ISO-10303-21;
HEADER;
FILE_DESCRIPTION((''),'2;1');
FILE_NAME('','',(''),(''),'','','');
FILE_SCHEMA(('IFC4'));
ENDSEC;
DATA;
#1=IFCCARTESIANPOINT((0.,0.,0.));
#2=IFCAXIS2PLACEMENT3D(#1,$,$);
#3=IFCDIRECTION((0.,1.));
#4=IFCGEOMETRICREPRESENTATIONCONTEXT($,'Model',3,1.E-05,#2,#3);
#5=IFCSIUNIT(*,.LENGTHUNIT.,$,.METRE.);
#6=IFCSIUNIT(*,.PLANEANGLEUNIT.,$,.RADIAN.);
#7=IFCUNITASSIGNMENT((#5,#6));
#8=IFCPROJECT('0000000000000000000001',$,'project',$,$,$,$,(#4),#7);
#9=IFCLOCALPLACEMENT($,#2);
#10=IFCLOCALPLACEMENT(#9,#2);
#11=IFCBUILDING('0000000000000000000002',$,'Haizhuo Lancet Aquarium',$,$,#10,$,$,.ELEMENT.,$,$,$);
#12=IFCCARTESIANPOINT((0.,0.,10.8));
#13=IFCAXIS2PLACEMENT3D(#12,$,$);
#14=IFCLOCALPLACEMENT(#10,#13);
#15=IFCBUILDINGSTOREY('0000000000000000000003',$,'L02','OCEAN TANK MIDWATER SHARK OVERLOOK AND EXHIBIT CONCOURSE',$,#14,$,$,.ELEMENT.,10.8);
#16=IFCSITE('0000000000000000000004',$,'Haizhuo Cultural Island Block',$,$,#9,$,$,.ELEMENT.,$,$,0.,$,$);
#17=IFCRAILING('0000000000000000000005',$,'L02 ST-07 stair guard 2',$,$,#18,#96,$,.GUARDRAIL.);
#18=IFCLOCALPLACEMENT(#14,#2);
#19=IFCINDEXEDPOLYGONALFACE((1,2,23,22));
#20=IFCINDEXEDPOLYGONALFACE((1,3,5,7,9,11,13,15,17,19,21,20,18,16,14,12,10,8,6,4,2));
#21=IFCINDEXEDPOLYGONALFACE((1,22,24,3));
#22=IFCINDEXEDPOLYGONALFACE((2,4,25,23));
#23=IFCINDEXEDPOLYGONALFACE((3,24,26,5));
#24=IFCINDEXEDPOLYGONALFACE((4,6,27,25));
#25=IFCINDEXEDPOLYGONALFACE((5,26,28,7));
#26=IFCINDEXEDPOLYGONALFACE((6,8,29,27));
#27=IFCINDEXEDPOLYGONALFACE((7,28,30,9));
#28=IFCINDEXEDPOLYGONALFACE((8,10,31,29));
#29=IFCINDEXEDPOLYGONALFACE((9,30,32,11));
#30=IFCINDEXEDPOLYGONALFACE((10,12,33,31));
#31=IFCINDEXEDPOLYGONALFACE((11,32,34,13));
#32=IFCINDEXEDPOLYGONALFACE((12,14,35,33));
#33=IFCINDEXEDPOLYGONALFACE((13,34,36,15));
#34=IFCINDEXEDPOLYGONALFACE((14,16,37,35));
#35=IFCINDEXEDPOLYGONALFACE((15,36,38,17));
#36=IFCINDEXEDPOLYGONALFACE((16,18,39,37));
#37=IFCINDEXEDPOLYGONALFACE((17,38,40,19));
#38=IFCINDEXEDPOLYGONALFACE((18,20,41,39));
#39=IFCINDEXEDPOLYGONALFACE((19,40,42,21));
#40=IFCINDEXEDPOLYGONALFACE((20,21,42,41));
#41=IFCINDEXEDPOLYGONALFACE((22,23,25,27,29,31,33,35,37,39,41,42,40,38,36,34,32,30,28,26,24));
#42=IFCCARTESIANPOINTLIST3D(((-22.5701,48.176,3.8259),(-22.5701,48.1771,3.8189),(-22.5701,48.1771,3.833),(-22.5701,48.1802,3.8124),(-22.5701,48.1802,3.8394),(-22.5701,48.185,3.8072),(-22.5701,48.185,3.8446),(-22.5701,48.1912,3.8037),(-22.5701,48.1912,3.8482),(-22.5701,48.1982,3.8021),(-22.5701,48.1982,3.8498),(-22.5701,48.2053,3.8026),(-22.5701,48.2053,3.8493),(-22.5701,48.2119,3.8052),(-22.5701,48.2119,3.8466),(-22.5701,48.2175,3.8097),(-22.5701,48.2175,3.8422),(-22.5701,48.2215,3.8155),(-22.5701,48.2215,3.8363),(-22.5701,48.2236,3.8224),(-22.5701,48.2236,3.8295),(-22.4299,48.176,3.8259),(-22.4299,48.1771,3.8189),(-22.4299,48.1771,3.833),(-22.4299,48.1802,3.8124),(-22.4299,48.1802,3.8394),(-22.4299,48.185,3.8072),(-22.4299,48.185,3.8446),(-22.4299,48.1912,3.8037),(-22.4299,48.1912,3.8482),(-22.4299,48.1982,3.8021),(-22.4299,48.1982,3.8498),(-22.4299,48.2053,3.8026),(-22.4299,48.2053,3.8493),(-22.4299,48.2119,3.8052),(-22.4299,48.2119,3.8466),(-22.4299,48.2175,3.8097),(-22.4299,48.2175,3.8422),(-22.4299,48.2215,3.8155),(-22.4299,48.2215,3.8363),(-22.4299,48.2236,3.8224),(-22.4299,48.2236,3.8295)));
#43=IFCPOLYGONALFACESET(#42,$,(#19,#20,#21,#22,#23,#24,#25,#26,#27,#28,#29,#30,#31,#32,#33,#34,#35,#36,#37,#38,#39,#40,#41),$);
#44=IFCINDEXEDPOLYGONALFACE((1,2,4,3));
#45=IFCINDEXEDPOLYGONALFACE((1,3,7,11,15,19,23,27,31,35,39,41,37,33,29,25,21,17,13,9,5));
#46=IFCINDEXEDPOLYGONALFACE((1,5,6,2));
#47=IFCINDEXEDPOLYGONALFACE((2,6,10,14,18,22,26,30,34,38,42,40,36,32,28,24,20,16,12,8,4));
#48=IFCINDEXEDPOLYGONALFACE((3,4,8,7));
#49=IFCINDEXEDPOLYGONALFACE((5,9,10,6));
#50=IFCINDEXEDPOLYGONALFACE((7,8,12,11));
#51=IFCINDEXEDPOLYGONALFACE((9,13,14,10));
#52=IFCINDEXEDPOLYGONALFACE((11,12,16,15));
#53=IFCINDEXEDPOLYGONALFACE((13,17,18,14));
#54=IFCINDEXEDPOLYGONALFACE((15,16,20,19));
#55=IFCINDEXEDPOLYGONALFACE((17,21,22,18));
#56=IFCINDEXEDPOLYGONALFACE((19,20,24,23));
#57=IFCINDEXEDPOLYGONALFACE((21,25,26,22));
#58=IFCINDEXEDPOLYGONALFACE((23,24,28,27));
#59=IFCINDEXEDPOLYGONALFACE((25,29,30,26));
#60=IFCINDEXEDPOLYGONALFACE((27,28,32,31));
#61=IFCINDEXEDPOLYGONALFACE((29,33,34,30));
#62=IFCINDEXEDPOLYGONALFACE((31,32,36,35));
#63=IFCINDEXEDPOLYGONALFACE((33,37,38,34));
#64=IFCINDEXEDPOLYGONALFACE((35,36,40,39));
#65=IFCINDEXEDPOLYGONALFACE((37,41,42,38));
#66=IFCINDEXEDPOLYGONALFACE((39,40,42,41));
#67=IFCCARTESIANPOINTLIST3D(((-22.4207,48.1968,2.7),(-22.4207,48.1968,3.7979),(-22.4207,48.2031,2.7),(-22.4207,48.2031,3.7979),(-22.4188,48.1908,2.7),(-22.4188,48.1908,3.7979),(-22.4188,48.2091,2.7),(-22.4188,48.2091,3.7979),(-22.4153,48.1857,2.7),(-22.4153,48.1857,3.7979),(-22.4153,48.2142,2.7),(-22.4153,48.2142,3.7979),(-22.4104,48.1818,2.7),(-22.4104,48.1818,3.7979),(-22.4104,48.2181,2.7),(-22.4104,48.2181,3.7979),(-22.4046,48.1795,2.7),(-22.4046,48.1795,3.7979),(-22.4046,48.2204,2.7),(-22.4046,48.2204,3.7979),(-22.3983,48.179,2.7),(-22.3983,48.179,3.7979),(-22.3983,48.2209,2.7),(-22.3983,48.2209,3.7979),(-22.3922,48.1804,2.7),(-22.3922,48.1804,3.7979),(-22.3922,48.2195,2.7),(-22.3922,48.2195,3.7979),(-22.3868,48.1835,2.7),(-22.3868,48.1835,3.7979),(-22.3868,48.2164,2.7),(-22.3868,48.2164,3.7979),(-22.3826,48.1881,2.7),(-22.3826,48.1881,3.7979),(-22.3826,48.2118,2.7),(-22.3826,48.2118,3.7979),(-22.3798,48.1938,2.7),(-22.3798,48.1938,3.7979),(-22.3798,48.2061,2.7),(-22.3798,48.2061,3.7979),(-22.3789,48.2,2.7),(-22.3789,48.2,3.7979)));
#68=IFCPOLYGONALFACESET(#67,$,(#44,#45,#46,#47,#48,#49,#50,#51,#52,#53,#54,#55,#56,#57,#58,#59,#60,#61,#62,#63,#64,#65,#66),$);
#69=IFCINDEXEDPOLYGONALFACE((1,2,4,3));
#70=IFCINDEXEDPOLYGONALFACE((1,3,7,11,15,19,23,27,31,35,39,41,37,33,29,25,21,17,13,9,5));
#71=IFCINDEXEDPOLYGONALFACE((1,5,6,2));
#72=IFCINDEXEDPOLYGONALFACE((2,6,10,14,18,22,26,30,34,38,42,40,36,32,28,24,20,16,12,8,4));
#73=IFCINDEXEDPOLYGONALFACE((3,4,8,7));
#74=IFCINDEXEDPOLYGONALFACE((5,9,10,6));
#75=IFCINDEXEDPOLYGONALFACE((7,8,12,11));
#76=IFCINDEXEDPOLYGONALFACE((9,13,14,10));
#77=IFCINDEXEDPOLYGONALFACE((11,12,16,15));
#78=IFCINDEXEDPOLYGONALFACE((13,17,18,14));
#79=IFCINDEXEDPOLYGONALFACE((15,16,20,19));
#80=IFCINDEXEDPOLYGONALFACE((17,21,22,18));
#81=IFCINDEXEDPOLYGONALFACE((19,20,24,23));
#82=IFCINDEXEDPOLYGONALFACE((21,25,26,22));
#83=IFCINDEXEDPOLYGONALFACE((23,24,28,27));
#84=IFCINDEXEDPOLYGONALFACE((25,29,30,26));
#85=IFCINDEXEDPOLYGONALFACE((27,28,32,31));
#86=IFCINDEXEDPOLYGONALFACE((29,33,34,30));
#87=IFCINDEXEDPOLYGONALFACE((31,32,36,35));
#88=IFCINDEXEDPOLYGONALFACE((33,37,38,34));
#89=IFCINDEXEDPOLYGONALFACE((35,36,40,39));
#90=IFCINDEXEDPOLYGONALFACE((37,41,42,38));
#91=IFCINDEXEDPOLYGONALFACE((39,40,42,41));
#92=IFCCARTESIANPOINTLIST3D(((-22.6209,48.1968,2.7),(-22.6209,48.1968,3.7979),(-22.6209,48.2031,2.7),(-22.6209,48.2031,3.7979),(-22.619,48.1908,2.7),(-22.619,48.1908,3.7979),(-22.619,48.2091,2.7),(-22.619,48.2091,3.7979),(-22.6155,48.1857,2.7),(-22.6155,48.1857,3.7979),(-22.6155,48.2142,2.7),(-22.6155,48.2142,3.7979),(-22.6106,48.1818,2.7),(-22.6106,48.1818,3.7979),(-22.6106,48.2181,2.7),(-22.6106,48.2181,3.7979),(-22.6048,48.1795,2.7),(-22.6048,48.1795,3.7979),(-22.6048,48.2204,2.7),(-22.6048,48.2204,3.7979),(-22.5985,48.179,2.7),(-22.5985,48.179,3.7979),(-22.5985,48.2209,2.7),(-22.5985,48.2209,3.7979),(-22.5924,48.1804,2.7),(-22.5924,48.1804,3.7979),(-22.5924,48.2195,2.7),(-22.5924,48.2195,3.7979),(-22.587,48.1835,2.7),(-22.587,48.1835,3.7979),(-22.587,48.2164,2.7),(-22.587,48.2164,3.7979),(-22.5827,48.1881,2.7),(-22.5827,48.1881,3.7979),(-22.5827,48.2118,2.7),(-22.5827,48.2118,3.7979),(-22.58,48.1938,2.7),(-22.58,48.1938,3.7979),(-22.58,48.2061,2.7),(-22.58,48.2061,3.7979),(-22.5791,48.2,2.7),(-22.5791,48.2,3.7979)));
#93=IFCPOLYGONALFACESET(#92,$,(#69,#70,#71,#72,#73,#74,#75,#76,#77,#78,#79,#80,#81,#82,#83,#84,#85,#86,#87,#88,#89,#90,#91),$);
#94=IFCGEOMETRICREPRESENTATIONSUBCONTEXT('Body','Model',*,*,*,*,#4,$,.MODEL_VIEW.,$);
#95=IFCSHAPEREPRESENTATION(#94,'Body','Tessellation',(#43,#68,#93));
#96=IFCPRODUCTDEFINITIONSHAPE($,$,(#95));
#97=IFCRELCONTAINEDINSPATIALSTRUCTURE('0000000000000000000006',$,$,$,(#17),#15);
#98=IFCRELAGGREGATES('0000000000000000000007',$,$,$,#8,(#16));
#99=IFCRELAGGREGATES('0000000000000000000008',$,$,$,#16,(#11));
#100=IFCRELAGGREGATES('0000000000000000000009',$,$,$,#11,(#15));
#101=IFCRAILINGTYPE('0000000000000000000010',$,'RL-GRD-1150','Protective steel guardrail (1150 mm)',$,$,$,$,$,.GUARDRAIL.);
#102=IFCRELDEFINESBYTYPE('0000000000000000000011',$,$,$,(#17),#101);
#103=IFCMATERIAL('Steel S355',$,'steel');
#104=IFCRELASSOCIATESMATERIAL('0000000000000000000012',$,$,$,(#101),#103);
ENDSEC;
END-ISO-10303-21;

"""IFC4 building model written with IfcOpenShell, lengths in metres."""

from ifc_helpers import new_model, si_unit, direction, frame, origin, origin_2d, place, context, subcontext, project, spatial, circle, extrude, material, type_object, element, save


model = new_model("IFC4")

# Units and contexts
model_context = context("Model", 3, precision=1e-05, world=origin(), true_north=direction((0.0, 1.0)))
body_context = subcontext(model_context, "Body", "Model", "MODEL_VIEW")
ifc_project = project(units=[si_unit("LENGTHUNIT", "METRE"), si_unit("PLANEANGLEUNIT", "RADIAN")], contexts=[model_context])

# Site, building, storey
site_placement = place(None, origin())
site = spatial("IfcSite", under=ifc_project, at=site_placement, Name="Haizhuo Cultural Island Block", CompositionType="ELEMENT", RefElevation=0.0)
building_placement = place(site_placement, origin())
building = spatial("IfcBuilding", under=site, at=building_placement, Name="Haizhuo Lancet Aquarium", CompositionType="ELEMENT")
storey_placement = place(building_placement, frame((0.0, 0.0, 10.8)))
storey = spatial("IfcBuildingStorey", under=building, at=storey_placement, Name="L02", Description="OCEAN TANK MIDWATER SHARK OVERLOOK AND EXHIBIT CONCOURSE", CompositionType="ELEMENT", Elevation=10.8)

# Shared definitions
ifc_material_1 = material(Name="Steel S355", Category="steel")

# Railing
railing_type_1 = type_object("IfcRailingType", Name="RL-GRD-1150", Description="Protective steel guardrail (1150 mm)", PredefinedType="GUARDRAIL", material=ifc_material_1)
railing_1_placement = place(storey_placement, frame((-22.3999, 48.2, 2.7)))
element("IfcRailing", 1, at=railing_1_placement, inside=storey, type_object=railing_type_1, Name="L02 ST-07 stair guard 2", PredefinedType="GUARDRAIL", context=body_context, shape_type="SweptSolid", body=[
    extrude(circle(Radius=0.0239, at=origin_2d()), frame((-0.03, 0.0, 1.126), z_axis=(-1.0, 0.0, 0.0), x_axis=(0.0, -1.0, 0.0)), (0.0, 0.0, 1.0), 0.1401),
    extrude(circle(Radius=0.021, at=origin_2d()), origin(), (0.0, 0.0, 1.0), 1.0979),
    extrude(circle(Radius=0.021, at=origin_2d()), frame((-0.2002, 0.0, 0.0)), (0.0, 0.0, 1.0), 1.0979),
])

save(model, "model.ifc")
